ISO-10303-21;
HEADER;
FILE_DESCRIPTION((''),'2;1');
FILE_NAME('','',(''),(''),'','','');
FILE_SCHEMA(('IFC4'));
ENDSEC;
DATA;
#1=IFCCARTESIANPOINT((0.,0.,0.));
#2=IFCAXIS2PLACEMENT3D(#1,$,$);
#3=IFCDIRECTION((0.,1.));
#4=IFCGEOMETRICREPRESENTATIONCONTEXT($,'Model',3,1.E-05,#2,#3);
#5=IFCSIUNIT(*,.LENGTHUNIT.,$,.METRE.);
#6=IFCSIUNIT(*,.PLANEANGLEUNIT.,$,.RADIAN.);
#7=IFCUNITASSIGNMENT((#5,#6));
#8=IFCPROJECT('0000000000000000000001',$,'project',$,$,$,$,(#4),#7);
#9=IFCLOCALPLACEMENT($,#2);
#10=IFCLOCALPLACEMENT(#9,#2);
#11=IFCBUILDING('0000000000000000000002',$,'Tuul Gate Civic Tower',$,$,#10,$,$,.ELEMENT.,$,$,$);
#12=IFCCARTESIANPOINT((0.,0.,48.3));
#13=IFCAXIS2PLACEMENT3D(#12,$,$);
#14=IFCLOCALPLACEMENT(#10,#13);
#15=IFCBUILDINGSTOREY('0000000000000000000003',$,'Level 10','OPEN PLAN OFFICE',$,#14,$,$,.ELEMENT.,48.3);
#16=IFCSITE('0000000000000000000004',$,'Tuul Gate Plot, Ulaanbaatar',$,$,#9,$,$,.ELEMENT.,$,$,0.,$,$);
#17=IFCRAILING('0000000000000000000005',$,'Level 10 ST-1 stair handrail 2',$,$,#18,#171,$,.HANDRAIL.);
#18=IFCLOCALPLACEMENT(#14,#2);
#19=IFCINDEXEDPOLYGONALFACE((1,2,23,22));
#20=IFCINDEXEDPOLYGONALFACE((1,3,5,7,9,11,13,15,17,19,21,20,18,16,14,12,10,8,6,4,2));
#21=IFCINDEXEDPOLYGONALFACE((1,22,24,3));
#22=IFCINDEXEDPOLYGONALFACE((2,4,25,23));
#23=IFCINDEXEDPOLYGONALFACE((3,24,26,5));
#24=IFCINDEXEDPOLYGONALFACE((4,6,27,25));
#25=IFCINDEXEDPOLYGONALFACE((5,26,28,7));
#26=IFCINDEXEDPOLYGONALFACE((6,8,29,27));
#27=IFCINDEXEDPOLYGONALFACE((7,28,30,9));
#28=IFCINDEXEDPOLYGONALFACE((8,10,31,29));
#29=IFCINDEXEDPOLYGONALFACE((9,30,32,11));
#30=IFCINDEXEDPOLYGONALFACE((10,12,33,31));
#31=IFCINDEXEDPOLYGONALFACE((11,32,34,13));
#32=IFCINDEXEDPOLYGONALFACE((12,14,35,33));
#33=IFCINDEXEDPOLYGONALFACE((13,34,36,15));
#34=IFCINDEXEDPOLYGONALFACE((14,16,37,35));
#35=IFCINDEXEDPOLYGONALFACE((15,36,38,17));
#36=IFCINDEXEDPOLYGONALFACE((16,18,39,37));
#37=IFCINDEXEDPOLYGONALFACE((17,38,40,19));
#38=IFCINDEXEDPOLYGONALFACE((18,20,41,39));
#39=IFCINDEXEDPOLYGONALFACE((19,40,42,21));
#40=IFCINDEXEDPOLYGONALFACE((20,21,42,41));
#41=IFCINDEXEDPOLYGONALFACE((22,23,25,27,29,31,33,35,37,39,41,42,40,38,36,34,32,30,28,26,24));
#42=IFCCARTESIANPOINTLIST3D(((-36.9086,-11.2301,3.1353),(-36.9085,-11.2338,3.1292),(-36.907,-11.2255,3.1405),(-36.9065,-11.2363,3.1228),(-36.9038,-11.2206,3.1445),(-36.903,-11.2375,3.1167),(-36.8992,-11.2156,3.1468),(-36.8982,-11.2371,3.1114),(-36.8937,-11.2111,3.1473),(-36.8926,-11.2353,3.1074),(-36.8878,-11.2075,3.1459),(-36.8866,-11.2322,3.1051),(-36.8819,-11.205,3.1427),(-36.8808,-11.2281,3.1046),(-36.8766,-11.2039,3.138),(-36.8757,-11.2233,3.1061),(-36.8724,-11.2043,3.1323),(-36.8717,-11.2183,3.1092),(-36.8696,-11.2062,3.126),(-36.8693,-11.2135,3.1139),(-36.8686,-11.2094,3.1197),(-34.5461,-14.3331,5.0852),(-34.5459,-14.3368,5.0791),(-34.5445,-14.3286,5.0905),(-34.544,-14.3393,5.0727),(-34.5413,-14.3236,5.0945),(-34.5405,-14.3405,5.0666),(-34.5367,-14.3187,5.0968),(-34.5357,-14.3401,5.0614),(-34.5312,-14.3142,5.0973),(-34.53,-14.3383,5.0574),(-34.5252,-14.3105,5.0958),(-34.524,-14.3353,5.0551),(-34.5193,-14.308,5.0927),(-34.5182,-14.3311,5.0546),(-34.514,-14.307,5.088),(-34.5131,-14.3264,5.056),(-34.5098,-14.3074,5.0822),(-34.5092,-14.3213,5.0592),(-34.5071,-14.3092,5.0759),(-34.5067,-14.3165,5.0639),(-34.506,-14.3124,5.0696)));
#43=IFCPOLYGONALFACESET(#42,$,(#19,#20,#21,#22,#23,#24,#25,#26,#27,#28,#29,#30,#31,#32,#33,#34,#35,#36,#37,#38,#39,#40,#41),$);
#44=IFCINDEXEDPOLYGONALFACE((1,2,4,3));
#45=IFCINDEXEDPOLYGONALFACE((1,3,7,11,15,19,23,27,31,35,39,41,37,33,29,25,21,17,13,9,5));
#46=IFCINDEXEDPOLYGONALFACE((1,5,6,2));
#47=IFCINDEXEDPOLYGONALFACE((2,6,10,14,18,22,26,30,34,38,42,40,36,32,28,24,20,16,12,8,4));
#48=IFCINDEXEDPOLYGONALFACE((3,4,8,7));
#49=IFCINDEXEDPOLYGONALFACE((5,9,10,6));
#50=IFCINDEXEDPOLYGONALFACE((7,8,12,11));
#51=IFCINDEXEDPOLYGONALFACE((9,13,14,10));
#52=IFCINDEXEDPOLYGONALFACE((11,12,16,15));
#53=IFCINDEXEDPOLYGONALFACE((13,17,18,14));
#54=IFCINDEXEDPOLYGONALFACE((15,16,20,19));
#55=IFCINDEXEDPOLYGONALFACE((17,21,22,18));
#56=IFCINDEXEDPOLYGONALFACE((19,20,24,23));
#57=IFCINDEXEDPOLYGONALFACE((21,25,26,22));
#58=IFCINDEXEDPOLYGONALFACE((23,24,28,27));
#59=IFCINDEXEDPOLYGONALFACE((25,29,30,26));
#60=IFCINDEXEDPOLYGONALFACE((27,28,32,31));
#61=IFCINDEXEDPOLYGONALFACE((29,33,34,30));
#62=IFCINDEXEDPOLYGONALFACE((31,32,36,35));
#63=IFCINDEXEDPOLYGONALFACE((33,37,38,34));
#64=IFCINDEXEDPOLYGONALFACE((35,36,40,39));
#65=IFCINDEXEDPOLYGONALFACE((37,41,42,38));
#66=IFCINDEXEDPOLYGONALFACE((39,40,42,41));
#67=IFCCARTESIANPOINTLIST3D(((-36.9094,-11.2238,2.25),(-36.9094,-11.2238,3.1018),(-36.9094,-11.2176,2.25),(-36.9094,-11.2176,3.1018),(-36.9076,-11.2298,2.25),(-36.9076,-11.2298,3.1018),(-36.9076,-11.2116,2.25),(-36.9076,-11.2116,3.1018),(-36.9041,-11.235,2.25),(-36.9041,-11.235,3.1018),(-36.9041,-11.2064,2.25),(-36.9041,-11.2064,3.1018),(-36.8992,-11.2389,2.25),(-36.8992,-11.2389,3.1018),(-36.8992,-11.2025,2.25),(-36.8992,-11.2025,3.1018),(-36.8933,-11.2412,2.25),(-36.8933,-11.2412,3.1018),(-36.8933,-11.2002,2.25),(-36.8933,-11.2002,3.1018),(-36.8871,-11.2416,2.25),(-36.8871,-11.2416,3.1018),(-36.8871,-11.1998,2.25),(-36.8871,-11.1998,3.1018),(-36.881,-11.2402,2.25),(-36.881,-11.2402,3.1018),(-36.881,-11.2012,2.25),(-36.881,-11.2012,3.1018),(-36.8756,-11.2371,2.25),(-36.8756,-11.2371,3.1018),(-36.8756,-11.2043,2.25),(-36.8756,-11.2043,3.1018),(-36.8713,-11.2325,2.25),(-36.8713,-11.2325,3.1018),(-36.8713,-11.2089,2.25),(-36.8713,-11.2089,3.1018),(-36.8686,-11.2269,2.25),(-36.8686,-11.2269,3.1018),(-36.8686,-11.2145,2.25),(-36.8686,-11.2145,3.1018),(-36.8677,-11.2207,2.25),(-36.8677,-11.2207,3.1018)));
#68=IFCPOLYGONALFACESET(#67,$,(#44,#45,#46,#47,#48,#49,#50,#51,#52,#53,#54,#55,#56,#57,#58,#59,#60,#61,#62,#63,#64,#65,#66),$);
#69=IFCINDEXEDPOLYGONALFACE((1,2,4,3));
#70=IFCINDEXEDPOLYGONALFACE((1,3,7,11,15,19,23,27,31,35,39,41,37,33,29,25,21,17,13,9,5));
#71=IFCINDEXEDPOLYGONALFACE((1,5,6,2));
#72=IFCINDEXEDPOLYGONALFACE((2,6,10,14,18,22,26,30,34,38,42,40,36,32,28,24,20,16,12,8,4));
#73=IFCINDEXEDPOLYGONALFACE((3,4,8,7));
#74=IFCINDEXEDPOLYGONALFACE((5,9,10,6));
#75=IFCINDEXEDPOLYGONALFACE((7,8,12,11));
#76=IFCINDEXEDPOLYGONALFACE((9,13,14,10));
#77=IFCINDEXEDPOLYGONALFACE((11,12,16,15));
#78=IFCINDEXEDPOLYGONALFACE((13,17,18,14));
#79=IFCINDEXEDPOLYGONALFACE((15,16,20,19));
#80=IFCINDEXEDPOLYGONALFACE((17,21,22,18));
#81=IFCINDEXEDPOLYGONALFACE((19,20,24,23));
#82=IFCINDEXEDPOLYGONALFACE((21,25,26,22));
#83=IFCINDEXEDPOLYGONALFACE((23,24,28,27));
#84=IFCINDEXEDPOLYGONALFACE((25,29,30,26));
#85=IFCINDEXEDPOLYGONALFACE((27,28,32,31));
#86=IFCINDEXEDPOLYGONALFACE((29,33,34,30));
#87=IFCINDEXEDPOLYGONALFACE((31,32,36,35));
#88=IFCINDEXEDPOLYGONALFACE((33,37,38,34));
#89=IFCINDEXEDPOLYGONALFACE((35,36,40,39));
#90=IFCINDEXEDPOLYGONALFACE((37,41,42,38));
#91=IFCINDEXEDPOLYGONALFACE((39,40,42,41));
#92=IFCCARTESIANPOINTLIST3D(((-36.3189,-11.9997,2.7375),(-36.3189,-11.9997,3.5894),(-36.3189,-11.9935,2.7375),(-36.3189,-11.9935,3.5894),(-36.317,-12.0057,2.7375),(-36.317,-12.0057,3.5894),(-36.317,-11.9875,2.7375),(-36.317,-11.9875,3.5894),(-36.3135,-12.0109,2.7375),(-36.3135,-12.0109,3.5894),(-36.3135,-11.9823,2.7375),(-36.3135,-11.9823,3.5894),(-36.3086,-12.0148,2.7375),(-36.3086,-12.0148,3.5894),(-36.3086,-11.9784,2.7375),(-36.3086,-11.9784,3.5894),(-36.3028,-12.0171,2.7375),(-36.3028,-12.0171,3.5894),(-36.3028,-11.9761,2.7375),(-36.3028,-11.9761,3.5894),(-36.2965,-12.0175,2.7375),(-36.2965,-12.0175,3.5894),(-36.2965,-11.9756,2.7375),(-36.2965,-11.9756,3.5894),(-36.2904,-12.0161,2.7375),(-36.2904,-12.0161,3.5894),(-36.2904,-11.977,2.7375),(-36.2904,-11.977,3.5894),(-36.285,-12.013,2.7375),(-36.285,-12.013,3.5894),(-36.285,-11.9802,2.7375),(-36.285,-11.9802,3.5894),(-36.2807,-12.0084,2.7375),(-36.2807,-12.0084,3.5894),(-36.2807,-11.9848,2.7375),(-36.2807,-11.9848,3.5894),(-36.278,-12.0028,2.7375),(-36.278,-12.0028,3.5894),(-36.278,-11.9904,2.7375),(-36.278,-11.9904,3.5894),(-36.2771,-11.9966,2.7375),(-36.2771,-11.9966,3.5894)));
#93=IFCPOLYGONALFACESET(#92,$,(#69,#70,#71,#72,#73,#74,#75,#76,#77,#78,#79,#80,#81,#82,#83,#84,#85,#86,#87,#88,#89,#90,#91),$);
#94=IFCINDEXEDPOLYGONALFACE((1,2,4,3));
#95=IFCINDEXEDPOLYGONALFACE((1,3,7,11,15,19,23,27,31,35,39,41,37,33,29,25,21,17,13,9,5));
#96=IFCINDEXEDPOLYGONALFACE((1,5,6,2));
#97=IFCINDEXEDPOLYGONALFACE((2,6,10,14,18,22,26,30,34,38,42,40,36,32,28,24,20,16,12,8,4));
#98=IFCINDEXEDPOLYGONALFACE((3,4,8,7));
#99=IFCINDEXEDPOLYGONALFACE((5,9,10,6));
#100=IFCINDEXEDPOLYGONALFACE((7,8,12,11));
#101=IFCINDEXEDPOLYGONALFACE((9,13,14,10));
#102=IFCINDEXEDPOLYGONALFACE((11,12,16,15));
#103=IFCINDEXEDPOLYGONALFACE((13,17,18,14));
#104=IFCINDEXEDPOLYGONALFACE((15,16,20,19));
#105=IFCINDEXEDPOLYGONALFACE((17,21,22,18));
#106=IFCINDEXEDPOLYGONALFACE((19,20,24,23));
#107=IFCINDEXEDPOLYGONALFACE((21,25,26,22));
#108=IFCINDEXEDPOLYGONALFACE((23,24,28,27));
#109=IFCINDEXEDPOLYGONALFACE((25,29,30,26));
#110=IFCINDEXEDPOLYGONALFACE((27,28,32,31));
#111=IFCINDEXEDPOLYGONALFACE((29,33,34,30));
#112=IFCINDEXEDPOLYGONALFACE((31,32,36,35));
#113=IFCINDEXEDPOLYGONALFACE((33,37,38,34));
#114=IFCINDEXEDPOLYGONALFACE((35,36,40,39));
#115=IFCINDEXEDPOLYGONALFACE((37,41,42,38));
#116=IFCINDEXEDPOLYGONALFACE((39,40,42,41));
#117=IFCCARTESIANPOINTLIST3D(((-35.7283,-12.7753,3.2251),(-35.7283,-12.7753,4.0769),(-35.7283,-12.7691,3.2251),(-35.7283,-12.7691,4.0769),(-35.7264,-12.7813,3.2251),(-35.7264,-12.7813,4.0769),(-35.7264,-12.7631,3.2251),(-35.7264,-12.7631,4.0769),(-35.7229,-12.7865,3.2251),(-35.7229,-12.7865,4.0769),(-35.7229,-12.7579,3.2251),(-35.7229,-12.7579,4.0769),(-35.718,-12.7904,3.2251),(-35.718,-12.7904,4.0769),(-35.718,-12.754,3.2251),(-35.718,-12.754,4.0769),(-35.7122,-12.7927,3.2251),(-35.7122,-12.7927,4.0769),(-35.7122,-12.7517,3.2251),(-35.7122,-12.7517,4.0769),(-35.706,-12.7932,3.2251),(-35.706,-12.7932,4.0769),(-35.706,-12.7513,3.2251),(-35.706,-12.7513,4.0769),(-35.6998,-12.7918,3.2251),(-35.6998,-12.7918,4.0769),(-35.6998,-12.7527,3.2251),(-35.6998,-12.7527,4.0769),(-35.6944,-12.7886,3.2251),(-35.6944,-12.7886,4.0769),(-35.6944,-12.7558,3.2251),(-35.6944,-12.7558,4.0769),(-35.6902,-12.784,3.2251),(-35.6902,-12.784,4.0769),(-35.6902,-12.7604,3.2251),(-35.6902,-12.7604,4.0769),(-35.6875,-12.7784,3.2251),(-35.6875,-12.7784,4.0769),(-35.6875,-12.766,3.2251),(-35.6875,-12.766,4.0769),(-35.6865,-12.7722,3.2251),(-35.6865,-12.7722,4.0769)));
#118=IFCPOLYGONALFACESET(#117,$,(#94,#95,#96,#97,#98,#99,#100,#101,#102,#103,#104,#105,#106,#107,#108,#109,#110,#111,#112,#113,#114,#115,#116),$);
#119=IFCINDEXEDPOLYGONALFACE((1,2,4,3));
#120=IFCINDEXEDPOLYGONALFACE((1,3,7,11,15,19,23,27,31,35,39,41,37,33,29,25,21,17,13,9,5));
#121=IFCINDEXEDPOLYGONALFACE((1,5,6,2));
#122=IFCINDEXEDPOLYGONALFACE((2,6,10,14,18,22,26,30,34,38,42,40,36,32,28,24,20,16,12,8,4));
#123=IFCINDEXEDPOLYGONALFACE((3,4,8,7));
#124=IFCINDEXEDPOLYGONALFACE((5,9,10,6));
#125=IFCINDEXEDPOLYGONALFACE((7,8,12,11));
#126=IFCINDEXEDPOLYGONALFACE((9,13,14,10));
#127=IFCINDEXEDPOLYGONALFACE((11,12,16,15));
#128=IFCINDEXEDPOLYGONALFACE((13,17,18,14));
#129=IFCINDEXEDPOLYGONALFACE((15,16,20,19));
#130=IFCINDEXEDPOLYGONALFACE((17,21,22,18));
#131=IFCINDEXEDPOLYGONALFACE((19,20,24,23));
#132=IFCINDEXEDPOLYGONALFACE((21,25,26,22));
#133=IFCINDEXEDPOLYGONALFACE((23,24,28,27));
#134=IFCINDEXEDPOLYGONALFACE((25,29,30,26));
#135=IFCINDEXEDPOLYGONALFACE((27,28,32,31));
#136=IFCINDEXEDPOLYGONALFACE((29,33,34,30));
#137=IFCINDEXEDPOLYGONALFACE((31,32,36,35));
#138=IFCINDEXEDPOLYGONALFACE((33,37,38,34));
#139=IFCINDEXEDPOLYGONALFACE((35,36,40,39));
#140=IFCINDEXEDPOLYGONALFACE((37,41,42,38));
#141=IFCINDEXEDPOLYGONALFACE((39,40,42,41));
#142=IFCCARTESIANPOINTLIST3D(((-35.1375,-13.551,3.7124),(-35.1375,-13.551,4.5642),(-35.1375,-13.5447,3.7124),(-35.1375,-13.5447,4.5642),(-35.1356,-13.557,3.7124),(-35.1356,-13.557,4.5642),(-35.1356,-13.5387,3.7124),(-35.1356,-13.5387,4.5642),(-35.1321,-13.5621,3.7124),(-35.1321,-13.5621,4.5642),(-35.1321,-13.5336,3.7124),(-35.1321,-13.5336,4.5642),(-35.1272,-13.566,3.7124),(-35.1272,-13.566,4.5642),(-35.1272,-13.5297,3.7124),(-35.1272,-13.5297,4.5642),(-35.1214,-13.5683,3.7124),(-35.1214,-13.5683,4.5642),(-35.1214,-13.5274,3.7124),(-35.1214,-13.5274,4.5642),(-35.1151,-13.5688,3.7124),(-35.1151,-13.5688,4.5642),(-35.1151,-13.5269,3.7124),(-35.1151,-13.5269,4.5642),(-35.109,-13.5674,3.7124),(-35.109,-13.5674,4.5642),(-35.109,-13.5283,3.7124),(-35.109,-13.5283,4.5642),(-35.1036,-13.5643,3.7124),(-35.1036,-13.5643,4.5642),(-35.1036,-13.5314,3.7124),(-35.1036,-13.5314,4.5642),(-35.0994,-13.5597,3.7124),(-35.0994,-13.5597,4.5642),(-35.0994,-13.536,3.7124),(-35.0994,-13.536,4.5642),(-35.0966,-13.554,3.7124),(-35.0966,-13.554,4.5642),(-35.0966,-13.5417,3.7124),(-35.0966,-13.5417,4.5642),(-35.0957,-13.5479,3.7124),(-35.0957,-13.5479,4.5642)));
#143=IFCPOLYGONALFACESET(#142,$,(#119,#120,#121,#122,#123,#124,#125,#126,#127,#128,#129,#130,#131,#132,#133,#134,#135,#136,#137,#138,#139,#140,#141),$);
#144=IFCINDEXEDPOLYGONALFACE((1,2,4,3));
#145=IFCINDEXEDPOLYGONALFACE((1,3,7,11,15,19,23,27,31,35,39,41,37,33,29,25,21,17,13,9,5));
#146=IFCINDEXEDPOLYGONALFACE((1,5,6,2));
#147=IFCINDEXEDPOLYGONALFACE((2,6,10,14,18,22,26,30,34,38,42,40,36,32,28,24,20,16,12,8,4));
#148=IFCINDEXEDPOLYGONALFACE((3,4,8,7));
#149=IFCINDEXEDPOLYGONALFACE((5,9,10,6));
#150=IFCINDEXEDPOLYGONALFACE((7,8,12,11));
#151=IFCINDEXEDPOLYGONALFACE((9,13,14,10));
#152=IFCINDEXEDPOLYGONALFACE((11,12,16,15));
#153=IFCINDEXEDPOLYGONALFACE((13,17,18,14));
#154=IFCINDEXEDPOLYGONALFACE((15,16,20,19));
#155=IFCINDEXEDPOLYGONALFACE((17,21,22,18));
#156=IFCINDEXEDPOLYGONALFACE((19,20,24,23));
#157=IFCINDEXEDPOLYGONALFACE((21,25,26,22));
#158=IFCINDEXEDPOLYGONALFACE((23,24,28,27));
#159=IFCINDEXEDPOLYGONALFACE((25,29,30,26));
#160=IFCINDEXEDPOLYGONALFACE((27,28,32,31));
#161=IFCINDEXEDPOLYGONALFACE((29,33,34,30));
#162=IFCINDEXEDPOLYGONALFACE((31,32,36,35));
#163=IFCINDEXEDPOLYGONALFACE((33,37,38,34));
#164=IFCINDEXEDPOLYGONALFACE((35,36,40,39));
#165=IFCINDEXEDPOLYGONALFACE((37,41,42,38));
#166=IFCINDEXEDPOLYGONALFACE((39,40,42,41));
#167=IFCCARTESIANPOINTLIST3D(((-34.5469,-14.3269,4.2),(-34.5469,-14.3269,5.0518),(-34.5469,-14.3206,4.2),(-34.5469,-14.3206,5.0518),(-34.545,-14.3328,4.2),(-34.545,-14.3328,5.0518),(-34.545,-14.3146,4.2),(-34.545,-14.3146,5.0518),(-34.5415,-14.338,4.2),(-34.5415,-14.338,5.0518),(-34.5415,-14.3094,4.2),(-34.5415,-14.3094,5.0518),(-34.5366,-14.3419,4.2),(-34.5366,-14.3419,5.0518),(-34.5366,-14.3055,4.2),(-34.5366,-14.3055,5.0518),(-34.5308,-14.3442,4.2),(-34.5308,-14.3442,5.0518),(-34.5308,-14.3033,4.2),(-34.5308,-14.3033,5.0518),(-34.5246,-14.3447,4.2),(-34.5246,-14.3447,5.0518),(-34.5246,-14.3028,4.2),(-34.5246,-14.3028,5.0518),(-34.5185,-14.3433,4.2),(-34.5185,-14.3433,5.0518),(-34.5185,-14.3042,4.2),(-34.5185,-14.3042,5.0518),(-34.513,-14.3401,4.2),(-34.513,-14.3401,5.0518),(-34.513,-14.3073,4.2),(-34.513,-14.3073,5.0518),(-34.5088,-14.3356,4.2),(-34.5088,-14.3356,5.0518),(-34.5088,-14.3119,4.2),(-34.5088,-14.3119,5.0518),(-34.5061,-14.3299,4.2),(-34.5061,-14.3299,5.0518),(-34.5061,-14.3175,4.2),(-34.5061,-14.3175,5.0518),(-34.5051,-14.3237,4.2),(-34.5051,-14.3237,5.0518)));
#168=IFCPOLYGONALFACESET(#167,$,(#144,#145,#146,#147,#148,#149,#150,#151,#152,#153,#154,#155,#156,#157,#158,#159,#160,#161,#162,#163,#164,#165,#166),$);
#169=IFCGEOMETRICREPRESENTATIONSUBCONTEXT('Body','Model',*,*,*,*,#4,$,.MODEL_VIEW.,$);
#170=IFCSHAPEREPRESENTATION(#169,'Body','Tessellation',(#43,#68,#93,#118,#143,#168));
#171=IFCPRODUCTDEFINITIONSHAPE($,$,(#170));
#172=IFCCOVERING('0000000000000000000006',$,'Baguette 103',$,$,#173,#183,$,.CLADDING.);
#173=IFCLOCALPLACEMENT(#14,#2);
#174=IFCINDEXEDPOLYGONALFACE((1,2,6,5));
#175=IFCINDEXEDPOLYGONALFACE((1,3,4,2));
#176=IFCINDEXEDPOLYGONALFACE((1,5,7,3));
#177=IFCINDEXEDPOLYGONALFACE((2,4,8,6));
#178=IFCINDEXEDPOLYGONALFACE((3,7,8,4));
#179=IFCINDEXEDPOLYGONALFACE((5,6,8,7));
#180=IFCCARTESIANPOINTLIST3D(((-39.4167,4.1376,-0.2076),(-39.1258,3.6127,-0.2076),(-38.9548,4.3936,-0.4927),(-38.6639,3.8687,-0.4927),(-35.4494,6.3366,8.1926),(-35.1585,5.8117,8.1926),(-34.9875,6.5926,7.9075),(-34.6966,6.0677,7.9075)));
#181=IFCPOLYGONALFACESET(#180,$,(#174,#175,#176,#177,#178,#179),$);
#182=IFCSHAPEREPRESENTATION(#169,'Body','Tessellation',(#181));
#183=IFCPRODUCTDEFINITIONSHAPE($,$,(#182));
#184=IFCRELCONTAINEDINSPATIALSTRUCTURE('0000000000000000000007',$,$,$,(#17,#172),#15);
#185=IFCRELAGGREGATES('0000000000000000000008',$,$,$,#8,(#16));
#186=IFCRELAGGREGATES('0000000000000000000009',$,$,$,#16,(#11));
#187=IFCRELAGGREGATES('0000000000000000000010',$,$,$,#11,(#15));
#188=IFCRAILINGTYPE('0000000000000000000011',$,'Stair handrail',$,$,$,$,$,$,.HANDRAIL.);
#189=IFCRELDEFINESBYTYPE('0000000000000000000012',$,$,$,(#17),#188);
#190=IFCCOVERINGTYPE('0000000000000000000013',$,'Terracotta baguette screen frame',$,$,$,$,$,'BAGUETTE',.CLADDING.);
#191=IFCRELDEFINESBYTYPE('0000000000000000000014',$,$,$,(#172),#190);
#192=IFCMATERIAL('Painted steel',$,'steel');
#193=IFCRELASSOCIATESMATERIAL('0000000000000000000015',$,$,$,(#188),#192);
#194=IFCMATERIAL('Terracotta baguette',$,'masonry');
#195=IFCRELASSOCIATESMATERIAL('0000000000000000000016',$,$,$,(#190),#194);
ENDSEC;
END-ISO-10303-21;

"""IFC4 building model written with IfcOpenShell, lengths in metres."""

from ifc_helpers import new_model, si_unit, direction, frame, origin, origin_2d, place, context, subcontext, project, spatial, rectangle, circle, extrude, material, material_profile, profile_set, type_object, element, save


model = new_model("IFC4")

# Units and contexts
model_context = context("Model", 3, precision=1e-05, world=origin(), true_north=direction((0.0, 1.0)))
body_context = subcontext(model_context, "Body", "Model", "MODEL_VIEW")
ifc_project = project(units=[si_unit("LENGTHUNIT", "METRE"), si_unit("PLANEANGLEUNIT", "RADIAN")], contexts=[model_context])

# Site, building, storey
site_placement = place(None, origin())
site = spatial("IfcSite", under=ifc_project, at=site_placement, Name="Tuul Gate Plot, Ulaanbaatar", CompositionType="ELEMENT", RefElevation=0.0)
building_placement = place(site_placement, origin())
building = spatial("IfcBuilding", under=site, at=building_placement, Name="Tuul Gate Civic Tower", CompositionType="ELEMENT")
storey_placement = place(building_placement, frame((0.0, 0.0, 48.3)))
storey = spatial("IfcBuildingStorey", under=building, at=storey_placement, Name="Level 10", Description="OPEN PLAN OFFICE", CompositionType="ELEMENT", Elevation=48.3)

# Railing
ifc_material_1 = material(Name="Painted steel", Category="steel")
railing_type_1 = type_object("IfcRailingType", Name="Stair handrail", PredefinedType="HANDRAIL", material=ifc_material_1)
railing_1_placement = place(storey_placement, frame((-36.8887, -11.2207, 2.25)))
element("IfcRailing", 1, at=railing_1_placement, inside=storey, type_object=railing_type_1, Name="Level 10 ST-1 stair handrail 2", PredefinedType="HANDRAIL", context=body_context, shape_type="SweptSolid", body=[
    extrude(circle(Radius=0.0239, at=origin_2d()), frame((0.0, 0.0, 0.876), z_axis=(0.541824, -0.711645, 0.4472), x_axis=(0.795637, 0.605773, 0.0)), (0.0, 0.0, 1.0), 4.3604),
    extrude(circle(Radius=0.021, at=origin_2d()), origin(), (0.0, 0.0, 1.0), 0.8518),
    extrude(circle(Radius=0.021, at=origin_2d()), frame((0.5906, -0.7759, 0.4875)), (0.0, 0.0, 1.0), 0.8518),
    extrude(circle(Radius=0.021, at=origin_2d()), frame((1.1812, -1.5515, 0.9751)), (0.0, 0.0, 1.0), 0.8518),
    extrude(circle(Radius=0.021, at=origin_2d()), frame((1.772, -2.3271, 1.4624)), (0.0, 0.0, 1.0), 0.8518),
    extrude(circle(Radius=0.021, at=origin_2d()), frame((2.3625, -3.103, 1.95)), (0.0, 0.0, 1.0), 0.8518),
])

# Covering
ifc_material_2 = material(Name="Terracotta baguette", Category="masonry")
ifc_material_profile_1 = material_profile(ifc_material_2, rectangle(XDim=0.6001, YDim=0.6001, at=origin_2d()), Name="Terracotta baguette screen frame")
ifc_profile_set_1 = profile_set([ifc_material_profile_1], Name="Terracotta baguette")
covering_type = type_object("IfcCoveringType", Name="Terracotta baguette screen frame", ElementType="BAGUETTE", PredefinedType="CLADDING", material=ifc_profile_set_1)
covering_placement = place(storey_placement, frame((-35.073, 6.2021, 8.05), z_axis=(-0.415571, -0.230341, -0.879911), x_axis=(0.484788, -0.874632, 0.0)))
element("IfcCovering", 2, at=covering_placement, inside=storey, type_object=covering_type, Name="Baguette 103", PredefinedType="CLADDING", context=body_context, shape_type="SweptSolid", body=[
    extrude(rectangle(XDim=0.6001, YDim=0.6001, at=origin_2d()), origin(), (0.0, 0.0, 1.0), 9.5466),
])

save(model, "model.ifc")
